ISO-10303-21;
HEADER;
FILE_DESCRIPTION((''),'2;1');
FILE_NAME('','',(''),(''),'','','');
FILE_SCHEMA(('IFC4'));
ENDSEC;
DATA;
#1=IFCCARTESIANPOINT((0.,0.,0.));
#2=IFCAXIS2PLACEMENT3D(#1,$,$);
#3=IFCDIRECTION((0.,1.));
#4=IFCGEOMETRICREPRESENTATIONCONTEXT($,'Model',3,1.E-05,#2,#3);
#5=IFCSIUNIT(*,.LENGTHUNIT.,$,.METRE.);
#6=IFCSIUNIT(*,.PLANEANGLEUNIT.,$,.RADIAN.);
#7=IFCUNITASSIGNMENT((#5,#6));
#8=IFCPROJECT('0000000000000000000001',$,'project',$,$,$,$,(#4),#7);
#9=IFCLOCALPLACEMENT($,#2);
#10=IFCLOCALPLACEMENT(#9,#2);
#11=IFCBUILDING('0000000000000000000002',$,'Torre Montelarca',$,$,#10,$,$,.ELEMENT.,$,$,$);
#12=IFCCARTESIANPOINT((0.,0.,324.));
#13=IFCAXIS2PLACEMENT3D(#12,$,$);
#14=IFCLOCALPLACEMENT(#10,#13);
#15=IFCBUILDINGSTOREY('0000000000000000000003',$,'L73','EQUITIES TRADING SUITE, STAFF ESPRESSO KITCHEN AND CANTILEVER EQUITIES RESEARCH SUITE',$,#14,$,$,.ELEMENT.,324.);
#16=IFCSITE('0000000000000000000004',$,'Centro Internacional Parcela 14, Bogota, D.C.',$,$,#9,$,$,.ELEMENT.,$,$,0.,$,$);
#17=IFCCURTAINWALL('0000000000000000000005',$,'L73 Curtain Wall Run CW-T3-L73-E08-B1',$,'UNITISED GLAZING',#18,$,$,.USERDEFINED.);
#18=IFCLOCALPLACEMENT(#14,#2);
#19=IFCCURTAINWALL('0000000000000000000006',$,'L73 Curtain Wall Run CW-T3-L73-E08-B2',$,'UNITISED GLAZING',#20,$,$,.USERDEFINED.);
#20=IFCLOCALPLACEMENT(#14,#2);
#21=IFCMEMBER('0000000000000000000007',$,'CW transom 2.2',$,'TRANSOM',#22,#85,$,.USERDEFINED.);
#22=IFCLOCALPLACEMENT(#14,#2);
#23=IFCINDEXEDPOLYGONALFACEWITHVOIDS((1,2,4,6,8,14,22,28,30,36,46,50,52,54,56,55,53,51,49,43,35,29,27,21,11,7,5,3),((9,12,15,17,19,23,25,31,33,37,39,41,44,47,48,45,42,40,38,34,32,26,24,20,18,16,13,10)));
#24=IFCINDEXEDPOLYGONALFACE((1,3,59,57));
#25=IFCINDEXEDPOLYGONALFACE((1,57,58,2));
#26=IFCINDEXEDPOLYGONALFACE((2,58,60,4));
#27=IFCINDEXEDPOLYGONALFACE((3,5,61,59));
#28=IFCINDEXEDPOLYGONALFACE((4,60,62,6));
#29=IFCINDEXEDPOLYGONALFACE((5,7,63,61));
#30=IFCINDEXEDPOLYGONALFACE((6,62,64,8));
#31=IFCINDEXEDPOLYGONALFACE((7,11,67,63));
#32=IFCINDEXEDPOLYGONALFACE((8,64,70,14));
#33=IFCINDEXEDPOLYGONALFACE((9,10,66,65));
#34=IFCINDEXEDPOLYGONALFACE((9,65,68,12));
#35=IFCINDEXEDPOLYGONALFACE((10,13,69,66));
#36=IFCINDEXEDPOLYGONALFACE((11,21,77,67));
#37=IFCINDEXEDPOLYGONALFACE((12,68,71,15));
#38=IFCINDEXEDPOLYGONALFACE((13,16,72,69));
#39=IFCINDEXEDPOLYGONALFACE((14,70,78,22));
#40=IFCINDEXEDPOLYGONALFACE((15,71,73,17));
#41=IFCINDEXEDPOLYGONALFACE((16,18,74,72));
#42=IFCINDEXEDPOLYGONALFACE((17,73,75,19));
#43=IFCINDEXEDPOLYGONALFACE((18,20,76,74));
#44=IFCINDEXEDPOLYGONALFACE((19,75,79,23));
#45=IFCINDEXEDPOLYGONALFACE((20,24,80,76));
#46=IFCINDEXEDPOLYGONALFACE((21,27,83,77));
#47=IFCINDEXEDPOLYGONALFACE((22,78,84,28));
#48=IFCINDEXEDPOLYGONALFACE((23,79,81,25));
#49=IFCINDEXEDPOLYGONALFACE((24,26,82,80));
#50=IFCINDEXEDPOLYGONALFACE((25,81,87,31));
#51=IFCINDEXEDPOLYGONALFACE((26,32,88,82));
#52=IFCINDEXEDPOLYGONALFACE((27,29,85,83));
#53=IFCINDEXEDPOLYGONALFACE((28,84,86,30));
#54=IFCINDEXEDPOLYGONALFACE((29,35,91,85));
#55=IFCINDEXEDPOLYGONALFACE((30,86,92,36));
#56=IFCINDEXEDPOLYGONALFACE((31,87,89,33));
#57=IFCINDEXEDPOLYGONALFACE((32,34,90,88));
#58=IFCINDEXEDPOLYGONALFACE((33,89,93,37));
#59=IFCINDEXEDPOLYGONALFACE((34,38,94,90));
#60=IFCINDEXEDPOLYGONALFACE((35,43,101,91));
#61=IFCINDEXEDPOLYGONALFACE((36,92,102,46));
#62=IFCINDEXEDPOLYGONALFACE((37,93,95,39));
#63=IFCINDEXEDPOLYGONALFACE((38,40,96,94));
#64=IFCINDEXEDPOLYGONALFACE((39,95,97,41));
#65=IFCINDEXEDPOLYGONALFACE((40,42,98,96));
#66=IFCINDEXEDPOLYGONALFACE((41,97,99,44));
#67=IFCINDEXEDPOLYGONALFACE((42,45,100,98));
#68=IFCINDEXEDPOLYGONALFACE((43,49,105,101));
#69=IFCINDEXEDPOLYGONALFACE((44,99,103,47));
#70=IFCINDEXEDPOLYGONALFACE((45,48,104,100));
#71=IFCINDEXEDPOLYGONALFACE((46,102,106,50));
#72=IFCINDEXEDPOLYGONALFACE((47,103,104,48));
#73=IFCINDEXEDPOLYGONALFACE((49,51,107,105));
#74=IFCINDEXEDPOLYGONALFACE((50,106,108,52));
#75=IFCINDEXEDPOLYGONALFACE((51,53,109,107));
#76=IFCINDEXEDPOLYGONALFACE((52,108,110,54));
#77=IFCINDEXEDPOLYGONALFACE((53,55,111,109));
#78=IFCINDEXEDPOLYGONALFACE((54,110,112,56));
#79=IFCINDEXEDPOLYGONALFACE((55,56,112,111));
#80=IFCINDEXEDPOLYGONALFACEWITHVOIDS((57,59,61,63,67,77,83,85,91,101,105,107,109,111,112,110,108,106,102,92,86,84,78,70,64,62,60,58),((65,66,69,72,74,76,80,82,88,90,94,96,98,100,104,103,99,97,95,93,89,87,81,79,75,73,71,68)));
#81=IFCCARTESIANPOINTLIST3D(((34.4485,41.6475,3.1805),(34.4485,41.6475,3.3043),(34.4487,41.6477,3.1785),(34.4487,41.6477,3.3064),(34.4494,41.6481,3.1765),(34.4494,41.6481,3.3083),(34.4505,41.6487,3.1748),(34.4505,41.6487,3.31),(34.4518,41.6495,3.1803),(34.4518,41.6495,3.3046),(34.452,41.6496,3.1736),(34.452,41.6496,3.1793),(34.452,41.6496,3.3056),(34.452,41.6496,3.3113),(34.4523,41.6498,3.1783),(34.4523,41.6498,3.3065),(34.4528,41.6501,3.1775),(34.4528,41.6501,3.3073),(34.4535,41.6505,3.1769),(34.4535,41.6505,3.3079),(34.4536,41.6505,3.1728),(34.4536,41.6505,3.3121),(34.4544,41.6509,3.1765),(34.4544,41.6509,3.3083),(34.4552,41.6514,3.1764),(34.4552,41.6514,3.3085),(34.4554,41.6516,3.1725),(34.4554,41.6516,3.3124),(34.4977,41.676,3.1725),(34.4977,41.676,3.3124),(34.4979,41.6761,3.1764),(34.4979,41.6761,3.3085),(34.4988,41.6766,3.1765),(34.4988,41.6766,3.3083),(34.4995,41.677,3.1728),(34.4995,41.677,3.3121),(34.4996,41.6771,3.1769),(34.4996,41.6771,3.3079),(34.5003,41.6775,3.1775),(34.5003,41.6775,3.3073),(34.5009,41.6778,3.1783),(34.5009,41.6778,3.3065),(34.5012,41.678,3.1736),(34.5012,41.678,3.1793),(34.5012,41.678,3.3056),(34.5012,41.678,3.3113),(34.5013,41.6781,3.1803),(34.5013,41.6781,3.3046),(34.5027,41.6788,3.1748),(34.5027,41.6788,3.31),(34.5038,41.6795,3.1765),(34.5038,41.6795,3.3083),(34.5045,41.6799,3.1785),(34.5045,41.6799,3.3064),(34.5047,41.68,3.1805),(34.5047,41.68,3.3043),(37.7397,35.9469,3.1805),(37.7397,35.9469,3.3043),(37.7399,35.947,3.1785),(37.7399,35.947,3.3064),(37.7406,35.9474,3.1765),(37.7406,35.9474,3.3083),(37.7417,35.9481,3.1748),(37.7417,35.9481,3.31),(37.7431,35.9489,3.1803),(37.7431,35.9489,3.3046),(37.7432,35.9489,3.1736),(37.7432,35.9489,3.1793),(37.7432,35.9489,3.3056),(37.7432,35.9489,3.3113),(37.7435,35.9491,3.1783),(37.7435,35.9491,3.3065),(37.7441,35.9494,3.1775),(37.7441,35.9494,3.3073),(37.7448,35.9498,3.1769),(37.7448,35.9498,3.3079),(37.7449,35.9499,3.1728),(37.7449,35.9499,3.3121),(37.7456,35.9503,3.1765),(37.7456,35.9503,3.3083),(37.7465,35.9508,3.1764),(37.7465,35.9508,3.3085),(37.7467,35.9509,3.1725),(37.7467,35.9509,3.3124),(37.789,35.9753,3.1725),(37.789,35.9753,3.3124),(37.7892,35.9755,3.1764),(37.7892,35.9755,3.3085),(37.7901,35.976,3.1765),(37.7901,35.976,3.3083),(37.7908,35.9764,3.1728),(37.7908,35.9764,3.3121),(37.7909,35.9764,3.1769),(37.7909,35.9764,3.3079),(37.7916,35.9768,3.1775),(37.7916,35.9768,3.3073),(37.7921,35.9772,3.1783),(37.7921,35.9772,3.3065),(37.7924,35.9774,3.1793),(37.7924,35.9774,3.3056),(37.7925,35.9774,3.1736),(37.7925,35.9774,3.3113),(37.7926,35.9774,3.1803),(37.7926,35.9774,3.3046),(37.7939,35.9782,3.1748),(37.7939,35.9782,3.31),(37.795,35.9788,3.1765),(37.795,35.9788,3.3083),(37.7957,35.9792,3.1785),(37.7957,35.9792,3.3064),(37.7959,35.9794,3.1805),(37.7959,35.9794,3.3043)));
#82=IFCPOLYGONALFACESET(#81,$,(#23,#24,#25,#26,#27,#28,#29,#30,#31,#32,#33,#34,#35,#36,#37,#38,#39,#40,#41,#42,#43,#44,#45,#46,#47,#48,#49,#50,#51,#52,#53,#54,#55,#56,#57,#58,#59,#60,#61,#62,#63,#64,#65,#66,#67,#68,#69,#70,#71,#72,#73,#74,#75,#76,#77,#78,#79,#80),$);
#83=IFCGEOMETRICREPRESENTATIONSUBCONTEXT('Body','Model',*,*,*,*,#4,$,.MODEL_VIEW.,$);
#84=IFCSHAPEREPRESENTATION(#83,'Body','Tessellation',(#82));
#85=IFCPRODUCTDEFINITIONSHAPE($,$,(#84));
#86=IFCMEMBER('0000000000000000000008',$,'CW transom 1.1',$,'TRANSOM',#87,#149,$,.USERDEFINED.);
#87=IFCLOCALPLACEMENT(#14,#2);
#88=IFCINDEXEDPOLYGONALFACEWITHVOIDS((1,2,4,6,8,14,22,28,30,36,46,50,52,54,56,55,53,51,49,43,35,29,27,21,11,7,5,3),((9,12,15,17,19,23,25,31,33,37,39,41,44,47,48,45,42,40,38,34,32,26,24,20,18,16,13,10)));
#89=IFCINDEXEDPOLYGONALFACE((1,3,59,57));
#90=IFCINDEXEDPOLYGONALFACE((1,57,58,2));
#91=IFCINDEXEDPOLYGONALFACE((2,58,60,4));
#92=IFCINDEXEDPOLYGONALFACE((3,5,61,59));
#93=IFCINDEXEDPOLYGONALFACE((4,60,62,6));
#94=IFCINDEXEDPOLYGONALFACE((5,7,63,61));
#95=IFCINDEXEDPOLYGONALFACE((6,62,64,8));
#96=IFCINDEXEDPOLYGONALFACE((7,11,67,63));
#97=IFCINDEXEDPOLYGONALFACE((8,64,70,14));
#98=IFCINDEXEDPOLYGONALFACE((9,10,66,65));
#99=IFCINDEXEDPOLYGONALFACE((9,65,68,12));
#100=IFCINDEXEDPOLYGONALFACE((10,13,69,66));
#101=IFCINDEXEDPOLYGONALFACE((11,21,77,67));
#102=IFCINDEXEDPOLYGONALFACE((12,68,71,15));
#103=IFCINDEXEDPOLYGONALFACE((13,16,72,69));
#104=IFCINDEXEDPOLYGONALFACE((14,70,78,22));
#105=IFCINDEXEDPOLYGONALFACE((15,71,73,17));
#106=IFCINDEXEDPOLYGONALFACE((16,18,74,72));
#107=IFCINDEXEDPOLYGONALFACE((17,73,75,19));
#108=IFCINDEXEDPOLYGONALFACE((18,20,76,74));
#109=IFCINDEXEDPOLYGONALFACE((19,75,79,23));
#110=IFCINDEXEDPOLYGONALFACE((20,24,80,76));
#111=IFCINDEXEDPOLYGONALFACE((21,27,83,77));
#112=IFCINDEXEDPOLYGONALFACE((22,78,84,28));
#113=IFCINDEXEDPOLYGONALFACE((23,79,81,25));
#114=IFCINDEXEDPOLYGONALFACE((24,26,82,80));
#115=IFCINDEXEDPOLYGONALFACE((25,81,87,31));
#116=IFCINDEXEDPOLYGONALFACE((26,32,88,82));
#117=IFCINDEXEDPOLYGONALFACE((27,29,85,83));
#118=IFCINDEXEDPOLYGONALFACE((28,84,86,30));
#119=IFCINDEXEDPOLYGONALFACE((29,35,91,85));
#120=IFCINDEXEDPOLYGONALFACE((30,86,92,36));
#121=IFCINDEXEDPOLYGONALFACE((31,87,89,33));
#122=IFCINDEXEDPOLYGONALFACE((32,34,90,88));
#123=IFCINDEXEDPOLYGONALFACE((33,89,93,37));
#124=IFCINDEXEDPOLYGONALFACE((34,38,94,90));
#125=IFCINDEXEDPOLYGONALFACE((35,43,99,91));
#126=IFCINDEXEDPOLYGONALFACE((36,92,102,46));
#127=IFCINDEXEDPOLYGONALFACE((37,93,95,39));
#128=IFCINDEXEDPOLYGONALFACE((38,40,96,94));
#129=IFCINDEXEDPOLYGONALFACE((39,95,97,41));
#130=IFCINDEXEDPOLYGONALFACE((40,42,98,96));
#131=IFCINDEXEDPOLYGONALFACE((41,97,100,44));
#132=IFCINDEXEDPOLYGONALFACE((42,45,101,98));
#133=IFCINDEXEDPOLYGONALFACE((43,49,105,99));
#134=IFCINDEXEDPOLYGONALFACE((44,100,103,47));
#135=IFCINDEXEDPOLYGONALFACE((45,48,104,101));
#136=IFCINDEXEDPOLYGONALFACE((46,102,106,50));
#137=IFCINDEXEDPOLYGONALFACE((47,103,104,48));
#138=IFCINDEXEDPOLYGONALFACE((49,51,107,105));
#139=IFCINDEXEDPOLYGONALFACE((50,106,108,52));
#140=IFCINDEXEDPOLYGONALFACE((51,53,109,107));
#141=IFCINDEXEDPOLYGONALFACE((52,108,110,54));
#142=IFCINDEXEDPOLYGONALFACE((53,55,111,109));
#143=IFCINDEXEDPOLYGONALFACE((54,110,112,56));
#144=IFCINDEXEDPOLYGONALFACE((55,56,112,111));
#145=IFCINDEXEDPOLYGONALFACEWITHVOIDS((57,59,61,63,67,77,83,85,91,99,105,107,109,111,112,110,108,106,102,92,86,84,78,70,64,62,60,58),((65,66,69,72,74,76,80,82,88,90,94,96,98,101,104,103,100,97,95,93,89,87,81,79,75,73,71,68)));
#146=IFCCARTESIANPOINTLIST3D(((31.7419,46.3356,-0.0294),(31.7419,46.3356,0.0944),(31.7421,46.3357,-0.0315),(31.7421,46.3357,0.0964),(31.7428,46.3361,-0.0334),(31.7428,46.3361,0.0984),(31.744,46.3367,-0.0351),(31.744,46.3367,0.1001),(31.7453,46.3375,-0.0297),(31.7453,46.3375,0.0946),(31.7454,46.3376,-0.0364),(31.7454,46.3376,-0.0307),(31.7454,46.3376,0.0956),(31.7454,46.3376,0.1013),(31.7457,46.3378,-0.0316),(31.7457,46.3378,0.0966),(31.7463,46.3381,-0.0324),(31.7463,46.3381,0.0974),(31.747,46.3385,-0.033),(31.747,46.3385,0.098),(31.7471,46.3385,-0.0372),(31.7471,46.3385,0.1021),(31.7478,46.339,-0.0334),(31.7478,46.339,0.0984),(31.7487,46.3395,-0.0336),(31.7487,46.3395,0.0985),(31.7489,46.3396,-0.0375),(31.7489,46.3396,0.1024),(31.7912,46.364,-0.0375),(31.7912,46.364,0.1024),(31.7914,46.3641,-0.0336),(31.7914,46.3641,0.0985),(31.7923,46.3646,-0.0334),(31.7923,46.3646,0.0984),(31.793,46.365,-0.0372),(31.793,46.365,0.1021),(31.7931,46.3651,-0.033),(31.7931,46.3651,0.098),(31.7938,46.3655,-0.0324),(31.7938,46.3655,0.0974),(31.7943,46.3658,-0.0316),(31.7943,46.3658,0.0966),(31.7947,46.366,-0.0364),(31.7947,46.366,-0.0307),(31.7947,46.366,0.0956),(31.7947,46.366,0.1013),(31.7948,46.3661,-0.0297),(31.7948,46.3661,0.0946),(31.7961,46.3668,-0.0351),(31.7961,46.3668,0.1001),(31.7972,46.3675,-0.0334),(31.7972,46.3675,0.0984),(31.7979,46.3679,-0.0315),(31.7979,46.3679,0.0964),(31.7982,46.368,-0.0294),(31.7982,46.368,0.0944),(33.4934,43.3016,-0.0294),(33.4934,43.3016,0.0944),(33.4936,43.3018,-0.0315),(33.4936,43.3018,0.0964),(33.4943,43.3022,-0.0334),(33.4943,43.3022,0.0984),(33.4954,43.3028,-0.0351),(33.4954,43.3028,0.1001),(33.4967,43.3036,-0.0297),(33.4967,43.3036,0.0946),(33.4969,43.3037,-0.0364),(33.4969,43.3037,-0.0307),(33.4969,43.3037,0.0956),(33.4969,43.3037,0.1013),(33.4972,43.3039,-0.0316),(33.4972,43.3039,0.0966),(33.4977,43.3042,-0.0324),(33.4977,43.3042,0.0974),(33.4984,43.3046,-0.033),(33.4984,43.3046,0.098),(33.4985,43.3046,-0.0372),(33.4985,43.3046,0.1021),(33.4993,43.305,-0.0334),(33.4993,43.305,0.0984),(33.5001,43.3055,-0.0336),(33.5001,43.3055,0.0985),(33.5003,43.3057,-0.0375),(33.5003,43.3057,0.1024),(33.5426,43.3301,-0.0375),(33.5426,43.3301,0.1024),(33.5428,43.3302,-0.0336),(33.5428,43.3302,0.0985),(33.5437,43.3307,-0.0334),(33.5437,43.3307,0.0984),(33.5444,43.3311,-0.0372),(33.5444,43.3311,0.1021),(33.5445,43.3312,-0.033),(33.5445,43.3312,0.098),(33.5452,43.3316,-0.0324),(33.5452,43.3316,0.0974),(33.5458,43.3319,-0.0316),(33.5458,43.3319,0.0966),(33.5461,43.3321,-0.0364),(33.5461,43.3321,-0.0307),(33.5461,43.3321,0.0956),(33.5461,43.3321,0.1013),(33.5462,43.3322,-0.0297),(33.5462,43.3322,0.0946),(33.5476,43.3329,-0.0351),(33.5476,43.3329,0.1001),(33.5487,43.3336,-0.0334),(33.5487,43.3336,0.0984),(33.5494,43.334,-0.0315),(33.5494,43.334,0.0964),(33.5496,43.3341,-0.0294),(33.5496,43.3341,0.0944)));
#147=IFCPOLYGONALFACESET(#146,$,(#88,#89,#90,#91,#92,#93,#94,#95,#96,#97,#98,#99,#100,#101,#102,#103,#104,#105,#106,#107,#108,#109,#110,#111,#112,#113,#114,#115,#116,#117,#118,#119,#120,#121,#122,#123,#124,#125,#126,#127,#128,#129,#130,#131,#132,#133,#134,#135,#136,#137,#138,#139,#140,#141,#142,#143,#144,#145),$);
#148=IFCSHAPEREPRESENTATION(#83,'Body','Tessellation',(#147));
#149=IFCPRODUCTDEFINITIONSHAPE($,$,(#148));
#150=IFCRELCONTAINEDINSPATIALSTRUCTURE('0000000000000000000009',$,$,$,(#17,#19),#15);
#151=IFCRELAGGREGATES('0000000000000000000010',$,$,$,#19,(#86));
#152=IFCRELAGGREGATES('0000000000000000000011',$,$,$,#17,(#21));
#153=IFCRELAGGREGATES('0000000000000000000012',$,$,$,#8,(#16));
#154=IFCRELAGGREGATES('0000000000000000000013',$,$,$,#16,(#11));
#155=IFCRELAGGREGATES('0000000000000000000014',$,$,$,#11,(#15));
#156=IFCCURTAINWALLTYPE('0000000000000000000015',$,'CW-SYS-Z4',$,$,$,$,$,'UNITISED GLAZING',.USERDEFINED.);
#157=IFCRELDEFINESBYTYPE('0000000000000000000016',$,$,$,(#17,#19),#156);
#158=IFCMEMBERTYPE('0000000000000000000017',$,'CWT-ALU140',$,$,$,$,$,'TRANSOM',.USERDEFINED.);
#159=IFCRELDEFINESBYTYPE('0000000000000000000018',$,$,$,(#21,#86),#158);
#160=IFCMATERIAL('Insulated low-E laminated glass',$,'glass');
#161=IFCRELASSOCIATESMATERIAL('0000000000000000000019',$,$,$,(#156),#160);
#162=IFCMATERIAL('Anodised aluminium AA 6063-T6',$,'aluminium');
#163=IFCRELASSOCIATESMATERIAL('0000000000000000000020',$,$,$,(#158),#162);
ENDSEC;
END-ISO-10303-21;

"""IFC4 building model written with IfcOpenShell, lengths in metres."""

from ifc_helpers import new_model, si_unit, direction, frame, origin, origin_2d, place, context, subcontext, project, spatial, hollow_rectangle, extrude, source, transform, mapped, material, material_profile, profile_set, type_object, element, aggregate, save


model = new_model("IFC4")

# Units and contexts
model_context = context("Model", 3, precision=1e-05, world=origin(), true_north=direction((0.0, 1.0)))
body_context = subcontext(model_context, "Body", "Model", "MODEL_VIEW")
ifc_project = project(units=[si_unit("LENGTHUNIT", "METRE"), si_unit("PLANEANGLEUNIT", "RADIAN")], contexts=[model_context])

# Site, building, storey
site_placement = place(None, origin())
site = spatial("IfcSite", under=ifc_project, at=site_placement, Name="Centro Internacional Parcela 14, Bogota, D.C.", CompositionType="ELEMENT", RefElevation=0.0)
building_placement = place(site_placement, origin())
building = spatial("IfcBuilding", under=site, at=building_placement, Name="Torre Montelarca", CompositionType="ELEMENT")
storey_placement = place(building_placement, frame((0.0, 0.0, 324.0)))
storey = spatial("IfcBuildingStorey", under=building, at=storey_placement, Name="L73", Description="EQUITIES TRADING SUITE, STAFF ESPRESSO KITCHEN AND CANTILEVER EQUITIES RESEARCH SUITE", CompositionType="ELEMENT", Elevation=324.0)

# Curtain wall
ifc_material_1 = material(Name="Insulated low-E laminated glass", Category="glass")
curtain_wall_type = type_object("IfcCurtainWallType", Name="CW-SYS-Z4", ElementType="UNITISED GLAZING", PredefinedType="USERDEFINED", material=ifc_material_1)
curtain_wall_1_placement = place(storey_placement, origin())
curtain_wall_1 = element("IfcCurtainWall", 1, at=curtain_wall_1_placement, inside=storey, type_object=curtain_wall_type, Name="L73 Curtain Wall Run CW-T3-L73-E08-B1", ObjectType="UNITISED GLAZING", PredefinedType="USERDEFINED")
ifc_material_2 = material(Name="Anodised aluminium AA 6063-T6", Category="aluminium")

# Curtain wall
curtain_wall_2_placement = place(storey_placement, origin())
curtain_wall_2 = element("IfcCurtainWall", 2, at=curtain_wall_2_placement, inside=storey, type_object=curtain_wall_type, Name="L73 Curtain Wall Run CW-T3-L73-E08-B2", ObjectType="UNITISED GLAZING", PredefinedType="USERDEFINED")

# Members
ifc_material_profile_1 = material_profile(ifc_material_2, hollow_rectangle(XDim=0.0649, YDim=0.1399, WallThickness=0.0039, InnerFilletRadius=0.0039, OuterFilletRadius=0.0081, at=origin_2d()), Name="ALU65X140X4", Category="aluminium")
ifc_profile_set_1 = profile_set([ifc_material_profile_1], Name="Anodised aluminium AA 6063-T6")
member_type_1 = type_object("IfcMemberType", Name="CWT-ALU140", ElementType="TRANSOM", PredefinedType="USERDEFINED", material=ifc_profile_set_1)
shared_shape_1 = source(origin(), body_context, "Body", "SweptSolid", [
    extrude(hollow_rectangle(XDim=0.0649, YDim=0.1399, WallThickness=0.0039, InnerFilletRadius=0.0039, OuterFilletRadius=0.0081, at=origin_2d()), origin(), (0.0, 0.0, 1.0), 6.5825),
])
member_1_placement = place(storey_placement, frame((37.7678, 35.9631, 3.2424), z_axis=(-0.499996, 0.866027, 0.0), x_axis=(-0.866027, -0.499996, 0.0)))
member_1 = element("IfcMember", 3, at=member_1_placement, type_object=member_type_1, Name="CW transom 2.2", ObjectType="TRANSOM", PredefinedType="USERDEFINED", context=body_context, shape_type="MappedRepresentation", body=[
    mapped(shared_shape_1, transform((0.0, 0.0, 0.0), scale=1.0)),
])
shared_shape_2 = source(origin(), body_context, "Body", "SweptSolid", [
    extrude(hollow_rectangle(XDim=0.0649, YDim=0.1399, WallThickness=0.0039, InnerFilletRadius=0.0039, OuterFilletRadius=0.0081, at=origin_2d()), origin(), (0.0, 0.0, 1.0), 3.5032),
])
member_2_placement = place(storey_placement, frame((33.5215, 43.3179, 0.0325), z_axis=(-0.499962, 0.866047, 0.0), x_axis=(-0.866047, -0.499962, 0.0)))
member_2 = element("IfcMember", 4, at=member_2_placement, type_object=member_type_1, Name="CW transom 1.1", ObjectType="TRANSOM", PredefinedType="USERDEFINED", context=body_context, shape_type="MappedRepresentation", body=[
    mapped(shared_shape_2, transform((0.0, 0.0, 0.0), scale=1.0)),
])
aggregate(curtain_wall_2, [member_2])

aggregate(curtain_wall_1, [member_1])

save(model, "model.ifc")
